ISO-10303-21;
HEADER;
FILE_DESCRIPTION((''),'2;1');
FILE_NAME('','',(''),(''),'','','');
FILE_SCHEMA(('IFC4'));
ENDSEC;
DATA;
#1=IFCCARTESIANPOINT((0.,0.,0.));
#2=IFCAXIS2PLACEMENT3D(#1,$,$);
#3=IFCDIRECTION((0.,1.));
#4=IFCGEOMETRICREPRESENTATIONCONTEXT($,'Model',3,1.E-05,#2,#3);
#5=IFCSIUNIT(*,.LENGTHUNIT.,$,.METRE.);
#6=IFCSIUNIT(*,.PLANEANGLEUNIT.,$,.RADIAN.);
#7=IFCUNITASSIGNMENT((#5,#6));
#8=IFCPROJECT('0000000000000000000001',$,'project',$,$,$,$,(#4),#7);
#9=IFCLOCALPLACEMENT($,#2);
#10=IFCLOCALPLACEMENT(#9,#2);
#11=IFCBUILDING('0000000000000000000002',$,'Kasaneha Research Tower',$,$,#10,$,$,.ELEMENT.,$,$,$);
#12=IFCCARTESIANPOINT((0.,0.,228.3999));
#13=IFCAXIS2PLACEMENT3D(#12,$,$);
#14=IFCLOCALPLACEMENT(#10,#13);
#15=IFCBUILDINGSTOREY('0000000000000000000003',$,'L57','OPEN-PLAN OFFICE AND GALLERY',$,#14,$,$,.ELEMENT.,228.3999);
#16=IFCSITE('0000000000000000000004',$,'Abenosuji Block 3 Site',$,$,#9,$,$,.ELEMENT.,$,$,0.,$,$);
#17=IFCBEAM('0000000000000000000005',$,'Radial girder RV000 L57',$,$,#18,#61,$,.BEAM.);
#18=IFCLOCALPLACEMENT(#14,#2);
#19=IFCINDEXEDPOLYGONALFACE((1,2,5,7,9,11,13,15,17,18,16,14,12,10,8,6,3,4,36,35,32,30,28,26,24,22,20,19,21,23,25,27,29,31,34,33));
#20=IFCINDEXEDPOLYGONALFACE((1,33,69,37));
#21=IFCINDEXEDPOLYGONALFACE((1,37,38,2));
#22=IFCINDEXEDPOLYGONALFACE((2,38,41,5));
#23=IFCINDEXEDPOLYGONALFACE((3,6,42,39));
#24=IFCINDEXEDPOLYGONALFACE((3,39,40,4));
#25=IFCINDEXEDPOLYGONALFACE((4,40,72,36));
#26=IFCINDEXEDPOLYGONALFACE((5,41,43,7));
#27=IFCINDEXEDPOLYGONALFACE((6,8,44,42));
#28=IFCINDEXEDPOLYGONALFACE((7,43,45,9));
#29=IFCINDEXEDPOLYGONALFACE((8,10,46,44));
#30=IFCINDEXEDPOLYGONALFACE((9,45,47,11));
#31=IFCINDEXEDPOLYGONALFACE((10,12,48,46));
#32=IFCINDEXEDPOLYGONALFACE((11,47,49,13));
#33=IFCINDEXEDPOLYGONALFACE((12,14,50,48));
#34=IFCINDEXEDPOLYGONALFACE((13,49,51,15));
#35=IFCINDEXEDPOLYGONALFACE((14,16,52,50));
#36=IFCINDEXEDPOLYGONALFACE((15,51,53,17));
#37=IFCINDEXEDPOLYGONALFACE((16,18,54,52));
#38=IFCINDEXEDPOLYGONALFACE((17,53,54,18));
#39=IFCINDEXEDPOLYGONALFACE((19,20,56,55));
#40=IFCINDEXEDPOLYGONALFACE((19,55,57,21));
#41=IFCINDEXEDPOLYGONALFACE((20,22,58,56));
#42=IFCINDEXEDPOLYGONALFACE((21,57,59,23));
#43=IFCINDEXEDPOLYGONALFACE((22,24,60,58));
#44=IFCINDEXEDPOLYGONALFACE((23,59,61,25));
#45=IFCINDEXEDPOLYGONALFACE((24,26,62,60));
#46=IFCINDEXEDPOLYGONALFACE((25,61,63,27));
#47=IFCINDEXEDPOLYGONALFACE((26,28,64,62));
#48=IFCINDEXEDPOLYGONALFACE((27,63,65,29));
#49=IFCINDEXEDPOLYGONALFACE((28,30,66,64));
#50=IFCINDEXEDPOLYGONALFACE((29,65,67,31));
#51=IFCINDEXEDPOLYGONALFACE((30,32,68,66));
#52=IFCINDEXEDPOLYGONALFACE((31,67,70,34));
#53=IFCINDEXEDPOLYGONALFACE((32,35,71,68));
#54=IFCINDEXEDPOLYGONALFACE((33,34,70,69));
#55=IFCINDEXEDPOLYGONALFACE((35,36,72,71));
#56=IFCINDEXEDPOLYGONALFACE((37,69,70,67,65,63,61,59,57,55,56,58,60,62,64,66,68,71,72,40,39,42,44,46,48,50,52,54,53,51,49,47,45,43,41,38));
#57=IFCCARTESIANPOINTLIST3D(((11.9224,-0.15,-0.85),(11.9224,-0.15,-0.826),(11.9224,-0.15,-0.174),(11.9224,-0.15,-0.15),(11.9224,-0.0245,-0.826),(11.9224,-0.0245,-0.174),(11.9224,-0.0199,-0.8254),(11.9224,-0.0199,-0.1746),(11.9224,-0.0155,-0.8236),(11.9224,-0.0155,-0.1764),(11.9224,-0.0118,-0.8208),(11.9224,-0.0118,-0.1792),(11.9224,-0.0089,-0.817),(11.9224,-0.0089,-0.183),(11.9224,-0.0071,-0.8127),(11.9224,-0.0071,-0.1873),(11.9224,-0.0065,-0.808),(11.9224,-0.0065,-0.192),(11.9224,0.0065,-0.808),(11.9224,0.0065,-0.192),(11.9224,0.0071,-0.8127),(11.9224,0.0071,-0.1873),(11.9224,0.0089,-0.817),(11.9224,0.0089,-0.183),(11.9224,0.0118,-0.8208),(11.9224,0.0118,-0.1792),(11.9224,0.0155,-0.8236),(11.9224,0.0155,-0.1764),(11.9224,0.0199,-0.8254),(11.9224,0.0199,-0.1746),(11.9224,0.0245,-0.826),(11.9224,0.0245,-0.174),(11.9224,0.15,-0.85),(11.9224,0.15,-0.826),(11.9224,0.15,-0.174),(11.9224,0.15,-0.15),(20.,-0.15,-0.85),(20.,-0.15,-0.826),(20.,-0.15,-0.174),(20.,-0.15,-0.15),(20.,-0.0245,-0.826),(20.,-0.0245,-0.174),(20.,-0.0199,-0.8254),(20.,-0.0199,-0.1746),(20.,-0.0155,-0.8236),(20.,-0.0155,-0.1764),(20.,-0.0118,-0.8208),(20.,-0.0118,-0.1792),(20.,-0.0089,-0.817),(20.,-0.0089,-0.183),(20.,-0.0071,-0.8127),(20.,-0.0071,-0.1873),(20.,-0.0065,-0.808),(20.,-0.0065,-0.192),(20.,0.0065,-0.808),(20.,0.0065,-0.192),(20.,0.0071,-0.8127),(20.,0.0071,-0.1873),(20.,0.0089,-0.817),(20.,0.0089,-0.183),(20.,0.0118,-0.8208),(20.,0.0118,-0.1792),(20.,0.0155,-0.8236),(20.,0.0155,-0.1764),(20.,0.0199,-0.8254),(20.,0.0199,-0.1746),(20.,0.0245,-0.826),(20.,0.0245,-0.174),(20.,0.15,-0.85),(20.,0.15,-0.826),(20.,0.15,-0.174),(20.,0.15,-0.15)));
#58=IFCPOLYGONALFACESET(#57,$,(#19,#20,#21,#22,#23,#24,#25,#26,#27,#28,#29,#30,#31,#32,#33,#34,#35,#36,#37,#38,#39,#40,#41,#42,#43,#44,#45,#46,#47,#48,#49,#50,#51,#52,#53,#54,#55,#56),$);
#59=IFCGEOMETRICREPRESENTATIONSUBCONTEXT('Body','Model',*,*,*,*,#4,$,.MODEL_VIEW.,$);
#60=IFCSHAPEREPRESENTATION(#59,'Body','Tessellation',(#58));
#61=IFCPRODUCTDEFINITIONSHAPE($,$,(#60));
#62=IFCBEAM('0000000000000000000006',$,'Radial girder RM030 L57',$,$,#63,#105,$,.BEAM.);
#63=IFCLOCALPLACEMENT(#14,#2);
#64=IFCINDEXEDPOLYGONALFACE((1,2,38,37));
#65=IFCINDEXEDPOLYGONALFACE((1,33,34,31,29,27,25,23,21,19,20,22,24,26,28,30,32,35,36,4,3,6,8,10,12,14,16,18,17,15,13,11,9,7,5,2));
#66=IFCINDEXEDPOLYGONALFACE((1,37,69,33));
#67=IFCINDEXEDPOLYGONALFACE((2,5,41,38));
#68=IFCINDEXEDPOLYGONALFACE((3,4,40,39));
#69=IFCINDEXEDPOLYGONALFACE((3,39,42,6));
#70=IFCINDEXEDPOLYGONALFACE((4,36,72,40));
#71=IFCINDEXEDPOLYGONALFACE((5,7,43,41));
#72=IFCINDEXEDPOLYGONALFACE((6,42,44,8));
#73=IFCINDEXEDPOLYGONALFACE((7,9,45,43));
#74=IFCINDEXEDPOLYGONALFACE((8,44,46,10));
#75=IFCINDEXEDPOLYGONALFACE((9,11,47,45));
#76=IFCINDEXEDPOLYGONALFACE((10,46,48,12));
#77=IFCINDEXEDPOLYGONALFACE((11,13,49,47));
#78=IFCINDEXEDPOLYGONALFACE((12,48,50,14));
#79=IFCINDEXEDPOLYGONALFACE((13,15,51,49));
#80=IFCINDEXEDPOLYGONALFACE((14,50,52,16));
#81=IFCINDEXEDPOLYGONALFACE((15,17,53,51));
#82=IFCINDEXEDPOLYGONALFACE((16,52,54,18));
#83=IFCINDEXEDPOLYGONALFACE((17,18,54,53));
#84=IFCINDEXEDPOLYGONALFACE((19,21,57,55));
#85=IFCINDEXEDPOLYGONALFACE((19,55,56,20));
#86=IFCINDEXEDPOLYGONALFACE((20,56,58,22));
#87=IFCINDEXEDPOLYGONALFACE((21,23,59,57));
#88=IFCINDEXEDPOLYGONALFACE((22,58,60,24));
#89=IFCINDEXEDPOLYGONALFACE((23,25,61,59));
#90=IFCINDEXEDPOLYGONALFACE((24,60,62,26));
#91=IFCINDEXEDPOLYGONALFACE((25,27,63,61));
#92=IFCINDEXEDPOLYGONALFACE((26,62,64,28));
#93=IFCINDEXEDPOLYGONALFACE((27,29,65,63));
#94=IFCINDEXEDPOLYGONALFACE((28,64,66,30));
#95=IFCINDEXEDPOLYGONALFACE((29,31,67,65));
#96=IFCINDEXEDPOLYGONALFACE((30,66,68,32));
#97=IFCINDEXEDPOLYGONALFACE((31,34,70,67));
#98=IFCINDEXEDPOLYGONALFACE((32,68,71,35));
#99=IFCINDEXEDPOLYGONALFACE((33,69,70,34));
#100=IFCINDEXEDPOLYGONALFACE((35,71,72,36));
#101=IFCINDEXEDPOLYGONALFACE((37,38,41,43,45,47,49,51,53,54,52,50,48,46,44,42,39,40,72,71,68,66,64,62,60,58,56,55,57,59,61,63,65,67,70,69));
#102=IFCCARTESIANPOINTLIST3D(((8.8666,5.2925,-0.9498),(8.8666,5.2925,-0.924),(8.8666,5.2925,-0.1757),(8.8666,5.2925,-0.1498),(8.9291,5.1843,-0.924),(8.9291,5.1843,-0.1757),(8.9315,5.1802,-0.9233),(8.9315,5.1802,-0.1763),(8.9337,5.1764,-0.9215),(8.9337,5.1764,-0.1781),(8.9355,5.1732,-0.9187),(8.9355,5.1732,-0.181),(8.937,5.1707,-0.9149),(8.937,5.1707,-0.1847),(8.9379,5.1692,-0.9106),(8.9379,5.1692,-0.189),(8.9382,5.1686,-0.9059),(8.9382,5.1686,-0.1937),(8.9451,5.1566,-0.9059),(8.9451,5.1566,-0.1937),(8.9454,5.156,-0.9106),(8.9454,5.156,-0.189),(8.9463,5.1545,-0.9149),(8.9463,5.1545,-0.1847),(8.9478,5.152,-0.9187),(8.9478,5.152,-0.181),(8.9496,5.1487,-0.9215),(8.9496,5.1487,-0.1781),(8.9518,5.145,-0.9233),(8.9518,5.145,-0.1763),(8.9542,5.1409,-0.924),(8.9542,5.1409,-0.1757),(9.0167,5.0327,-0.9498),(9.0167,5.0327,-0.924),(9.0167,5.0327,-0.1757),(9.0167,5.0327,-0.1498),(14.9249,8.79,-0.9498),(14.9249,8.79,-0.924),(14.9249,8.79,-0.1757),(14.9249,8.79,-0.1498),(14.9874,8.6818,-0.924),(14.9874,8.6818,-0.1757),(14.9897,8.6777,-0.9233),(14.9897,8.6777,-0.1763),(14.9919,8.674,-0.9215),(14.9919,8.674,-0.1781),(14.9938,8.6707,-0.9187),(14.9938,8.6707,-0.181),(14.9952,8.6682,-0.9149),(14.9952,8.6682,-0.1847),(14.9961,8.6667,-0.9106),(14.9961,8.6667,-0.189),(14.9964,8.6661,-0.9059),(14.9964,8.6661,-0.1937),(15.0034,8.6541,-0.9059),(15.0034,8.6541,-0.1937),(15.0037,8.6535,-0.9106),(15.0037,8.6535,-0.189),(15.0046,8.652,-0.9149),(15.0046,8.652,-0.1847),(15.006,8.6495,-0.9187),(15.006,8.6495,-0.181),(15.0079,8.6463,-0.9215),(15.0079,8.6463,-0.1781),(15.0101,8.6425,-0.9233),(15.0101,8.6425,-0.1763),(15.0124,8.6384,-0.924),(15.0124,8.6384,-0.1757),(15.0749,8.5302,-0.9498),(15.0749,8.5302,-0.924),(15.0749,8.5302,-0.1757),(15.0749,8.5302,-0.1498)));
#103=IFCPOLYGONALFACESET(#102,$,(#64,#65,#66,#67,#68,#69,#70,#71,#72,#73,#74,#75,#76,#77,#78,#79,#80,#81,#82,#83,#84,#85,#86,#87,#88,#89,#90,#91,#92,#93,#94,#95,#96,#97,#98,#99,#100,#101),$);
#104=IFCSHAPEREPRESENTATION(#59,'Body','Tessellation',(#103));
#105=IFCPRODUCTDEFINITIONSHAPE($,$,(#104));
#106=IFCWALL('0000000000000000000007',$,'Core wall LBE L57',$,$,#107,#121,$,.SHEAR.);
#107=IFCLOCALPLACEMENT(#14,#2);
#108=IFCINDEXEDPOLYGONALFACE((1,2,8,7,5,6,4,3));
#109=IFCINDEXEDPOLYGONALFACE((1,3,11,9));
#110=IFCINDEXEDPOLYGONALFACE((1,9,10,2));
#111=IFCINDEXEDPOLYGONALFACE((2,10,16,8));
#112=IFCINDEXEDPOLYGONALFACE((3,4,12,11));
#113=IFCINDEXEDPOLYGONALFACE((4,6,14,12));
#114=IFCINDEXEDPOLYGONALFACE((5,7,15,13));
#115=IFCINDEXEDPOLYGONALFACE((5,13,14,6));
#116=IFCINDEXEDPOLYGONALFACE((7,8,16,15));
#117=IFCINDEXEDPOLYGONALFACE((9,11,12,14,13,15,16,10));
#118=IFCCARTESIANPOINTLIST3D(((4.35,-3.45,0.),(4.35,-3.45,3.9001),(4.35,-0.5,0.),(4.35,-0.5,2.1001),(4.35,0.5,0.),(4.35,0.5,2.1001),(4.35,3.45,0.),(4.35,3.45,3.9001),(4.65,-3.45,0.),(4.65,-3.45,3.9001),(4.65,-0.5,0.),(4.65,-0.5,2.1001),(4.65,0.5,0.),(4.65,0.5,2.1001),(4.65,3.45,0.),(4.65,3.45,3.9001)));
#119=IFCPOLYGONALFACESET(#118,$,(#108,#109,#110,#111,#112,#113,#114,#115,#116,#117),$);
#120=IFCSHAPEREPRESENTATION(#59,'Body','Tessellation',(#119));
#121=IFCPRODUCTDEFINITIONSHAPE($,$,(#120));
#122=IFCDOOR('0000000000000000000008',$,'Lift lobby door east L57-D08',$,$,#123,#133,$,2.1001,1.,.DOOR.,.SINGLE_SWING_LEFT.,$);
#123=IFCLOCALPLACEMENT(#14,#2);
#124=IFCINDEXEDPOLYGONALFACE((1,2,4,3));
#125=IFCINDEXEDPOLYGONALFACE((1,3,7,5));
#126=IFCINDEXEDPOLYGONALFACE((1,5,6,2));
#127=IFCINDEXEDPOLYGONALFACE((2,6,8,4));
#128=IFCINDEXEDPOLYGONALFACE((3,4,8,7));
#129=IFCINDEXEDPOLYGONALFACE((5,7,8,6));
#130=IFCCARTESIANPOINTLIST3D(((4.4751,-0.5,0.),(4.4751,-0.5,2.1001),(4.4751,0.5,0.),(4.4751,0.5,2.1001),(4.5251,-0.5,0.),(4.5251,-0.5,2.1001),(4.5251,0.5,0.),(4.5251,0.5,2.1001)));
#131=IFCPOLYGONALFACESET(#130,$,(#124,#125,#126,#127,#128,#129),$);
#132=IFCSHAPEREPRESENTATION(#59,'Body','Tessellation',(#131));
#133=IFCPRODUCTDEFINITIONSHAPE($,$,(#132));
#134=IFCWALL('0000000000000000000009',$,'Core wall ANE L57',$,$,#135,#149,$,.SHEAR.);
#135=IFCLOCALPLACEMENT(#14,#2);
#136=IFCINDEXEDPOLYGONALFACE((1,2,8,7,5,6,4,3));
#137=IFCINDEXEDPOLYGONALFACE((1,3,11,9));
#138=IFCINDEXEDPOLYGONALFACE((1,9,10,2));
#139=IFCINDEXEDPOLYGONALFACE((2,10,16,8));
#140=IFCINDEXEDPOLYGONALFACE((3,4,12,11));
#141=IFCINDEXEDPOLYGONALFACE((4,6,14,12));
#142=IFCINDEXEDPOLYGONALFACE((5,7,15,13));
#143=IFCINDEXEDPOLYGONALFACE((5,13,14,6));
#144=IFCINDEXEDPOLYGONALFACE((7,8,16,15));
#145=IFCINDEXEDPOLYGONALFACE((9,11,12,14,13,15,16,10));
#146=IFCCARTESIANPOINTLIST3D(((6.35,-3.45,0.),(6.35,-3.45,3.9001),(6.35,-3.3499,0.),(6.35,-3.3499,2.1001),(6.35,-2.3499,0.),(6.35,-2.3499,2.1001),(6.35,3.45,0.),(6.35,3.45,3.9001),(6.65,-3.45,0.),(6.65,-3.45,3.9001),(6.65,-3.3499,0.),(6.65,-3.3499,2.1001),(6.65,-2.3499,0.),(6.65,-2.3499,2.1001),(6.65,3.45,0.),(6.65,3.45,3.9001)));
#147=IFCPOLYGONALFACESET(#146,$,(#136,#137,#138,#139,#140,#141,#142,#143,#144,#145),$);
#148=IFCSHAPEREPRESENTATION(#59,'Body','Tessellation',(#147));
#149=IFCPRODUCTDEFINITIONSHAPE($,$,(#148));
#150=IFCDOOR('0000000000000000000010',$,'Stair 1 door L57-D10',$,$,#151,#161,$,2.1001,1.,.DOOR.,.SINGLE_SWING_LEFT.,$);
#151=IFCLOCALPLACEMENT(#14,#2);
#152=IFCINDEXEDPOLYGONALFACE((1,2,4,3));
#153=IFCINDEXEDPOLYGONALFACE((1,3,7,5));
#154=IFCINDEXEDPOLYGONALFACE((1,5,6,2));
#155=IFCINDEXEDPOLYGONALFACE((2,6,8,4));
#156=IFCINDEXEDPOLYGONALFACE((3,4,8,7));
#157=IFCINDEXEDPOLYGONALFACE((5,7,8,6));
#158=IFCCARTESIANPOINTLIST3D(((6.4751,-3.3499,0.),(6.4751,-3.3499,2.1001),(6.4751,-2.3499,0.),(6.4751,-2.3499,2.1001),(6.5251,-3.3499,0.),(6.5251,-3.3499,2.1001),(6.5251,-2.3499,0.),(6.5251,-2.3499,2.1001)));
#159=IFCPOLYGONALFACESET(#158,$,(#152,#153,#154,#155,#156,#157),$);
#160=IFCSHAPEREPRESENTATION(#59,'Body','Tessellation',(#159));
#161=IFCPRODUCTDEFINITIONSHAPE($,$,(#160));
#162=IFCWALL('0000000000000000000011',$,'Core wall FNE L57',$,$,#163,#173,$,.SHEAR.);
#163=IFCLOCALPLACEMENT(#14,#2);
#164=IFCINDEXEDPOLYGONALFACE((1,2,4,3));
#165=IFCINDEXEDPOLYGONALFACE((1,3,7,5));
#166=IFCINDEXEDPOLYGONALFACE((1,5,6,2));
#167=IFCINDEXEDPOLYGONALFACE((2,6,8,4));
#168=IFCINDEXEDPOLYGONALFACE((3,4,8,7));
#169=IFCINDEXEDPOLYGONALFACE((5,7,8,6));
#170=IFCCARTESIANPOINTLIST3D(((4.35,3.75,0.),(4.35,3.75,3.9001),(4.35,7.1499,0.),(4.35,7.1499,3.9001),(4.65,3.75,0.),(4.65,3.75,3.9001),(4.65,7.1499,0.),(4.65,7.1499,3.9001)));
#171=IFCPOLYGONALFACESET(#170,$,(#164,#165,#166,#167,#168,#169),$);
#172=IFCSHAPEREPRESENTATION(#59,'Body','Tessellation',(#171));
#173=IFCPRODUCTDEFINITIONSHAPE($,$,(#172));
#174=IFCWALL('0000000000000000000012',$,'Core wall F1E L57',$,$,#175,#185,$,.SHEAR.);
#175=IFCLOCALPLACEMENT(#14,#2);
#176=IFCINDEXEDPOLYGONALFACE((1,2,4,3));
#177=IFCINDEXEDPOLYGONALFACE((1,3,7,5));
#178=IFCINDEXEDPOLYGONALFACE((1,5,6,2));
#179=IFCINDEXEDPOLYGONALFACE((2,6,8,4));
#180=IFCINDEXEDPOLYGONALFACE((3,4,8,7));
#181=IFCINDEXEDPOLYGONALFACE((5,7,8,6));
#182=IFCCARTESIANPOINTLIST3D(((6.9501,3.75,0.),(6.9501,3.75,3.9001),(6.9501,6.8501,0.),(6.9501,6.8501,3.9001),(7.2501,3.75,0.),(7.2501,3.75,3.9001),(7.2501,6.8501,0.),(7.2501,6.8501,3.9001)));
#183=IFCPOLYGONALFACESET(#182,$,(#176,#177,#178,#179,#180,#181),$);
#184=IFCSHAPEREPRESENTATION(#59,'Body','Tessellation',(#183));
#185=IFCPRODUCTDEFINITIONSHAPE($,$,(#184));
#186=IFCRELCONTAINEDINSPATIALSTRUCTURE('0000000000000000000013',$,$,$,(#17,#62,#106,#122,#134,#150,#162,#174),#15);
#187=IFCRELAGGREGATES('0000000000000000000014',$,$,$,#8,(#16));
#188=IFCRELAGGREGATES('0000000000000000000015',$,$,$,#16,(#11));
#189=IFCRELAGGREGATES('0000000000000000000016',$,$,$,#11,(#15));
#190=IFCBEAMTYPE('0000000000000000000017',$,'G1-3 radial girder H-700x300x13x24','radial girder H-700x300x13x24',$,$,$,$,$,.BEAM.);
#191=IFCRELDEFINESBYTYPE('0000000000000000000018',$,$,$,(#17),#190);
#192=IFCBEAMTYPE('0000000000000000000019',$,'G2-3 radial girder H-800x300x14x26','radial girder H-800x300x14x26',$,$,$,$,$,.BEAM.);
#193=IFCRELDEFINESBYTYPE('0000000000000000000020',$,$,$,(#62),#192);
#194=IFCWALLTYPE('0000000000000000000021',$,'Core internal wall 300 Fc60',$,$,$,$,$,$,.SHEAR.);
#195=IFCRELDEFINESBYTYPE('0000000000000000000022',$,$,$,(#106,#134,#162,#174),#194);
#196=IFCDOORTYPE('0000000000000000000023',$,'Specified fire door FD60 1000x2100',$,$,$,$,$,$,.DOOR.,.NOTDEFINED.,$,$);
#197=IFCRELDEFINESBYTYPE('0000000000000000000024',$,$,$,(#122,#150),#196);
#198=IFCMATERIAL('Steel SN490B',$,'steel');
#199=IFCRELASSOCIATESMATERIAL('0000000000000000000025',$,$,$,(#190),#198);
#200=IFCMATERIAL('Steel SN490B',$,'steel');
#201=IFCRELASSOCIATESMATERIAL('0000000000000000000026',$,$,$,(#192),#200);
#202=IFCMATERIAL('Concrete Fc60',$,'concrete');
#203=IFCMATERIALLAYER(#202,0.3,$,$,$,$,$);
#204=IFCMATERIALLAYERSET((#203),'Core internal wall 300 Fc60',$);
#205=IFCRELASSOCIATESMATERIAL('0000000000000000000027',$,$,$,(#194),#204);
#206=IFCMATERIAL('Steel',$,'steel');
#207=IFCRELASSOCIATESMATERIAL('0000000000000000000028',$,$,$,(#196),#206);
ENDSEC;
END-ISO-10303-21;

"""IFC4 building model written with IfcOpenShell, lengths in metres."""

from ifc_helpers import new_model, si_unit, direction, frame, frame_2d, origin, origin_2d, place, context, subcontext, project, spatial, rectangle, i_section, extrude, material, layer, layer_set, material_profile, profile_set, type_object, element, fill, save


model = new_model("IFC4")

# Units and contexts
model_context = context("Model", 3, precision=1e-05, world=origin(), true_north=direction((0.0, 1.0)))
body_context = subcontext(model_context, "Body", "Model", "MODEL_VIEW")
ifc_project = project(units=[si_unit("LENGTHUNIT", "METRE"), si_unit("PLANEANGLEUNIT", "RADIAN")], contexts=[model_context])

# Site, building, storey
site_placement = place(None, origin())
site = spatial("IfcSite", under=ifc_project, at=site_placement, Name="Abenosuji Block 3 Site", CompositionType="ELEMENT", RefElevation=0.0)
building_placement = place(site_placement, origin())
building = spatial("IfcBuilding", under=site, at=building_placement, Name="Kasaneha Research Tower", CompositionType="ELEMENT")
storey_placement = place(building_placement, frame((0.0, 0.0, 228.3999)))
storey = spatial("IfcBuildingStorey", under=building, at=storey_placement, Name="L57", Description="OPEN-PLAN OFFICE AND GALLERY", CompositionType="ELEMENT", Elevation=228.3999)

# Beams
ifc_material_1 = material(Name="Steel SN490B", Category="steel")
ifc_material_profile_1 = material_profile(ifc_material_1, i_section(OverallWidth=0.3, OverallDepth=0.7, WebThickness=0.0129, FlangeThickness=0.0239, FilletRadius=0.0181, at=origin_2d()), Name="H-700x300x13x24")
ifc_profile_set_1 = profile_set([ifc_material_profile_1], Name="Steel SN490B")
beam_type_1 = type_object("IfcBeamType", Name="G1-3 radial girder H-700x300x13x24", Description="radial girder H-700x300x13x24", PredefinedType="BEAM", material=ifc_profile_set_1)
beam_1_placement = place(storey_placement, frame((11.9224, 0.0, -0.5), z_axis=(1.0, 0.0, 0.0), x_axis=(0.0, 1.0, 0.0)))
element("IfcBeam", 1, at=beam_1_placement, inside=storey, type_object=beam_type_1, Name="Radial girder RV000 L57", PredefinedType="BEAM", context=body_context, shape_type="SweptSolid", body=[
    extrude(i_section(OverallWidth=0.3, OverallDepth=0.7, WebThickness=0.0129, FlangeThickness=0.0239, FilletRadius=0.0181, at=origin_2d()), origin(), (0.0, 0.0, 1.0), 8.0776),
])
ifc_material_2 = material(Name="Steel SN490B", Category="steel")
ifc_material_profile_2 = material_profile(ifc_material_2, i_section(OverallWidth=0.3, OverallDepth=0.8, WebThickness=0.0139, FlangeThickness=0.0259, FilletRadius=0.0181, at=origin_2d()), Name="H-800x300x14x26")
ifc_profile_set_2 = profile_set([ifc_material_profile_2], Name="Steel SN490B")
beam_type_2 = type_object("IfcBeamType", Name="G2-3 radial girder H-800x300x14x26", Description="radial girder H-800x300x14x26", PredefinedType="BEAM", material=ifc_profile_set_2)
beam_2_placement = place(storey_placement, frame((8.9417, 5.1626, -0.5498), z_axis=(0.86604, 0.499975, 0.0), x_axis=(-0.499975, 0.86604, 0.0)))
element("IfcBeam", 2, at=beam_2_placement, inside=storey, type_object=beam_type_2, Name="Radial girder RM030 L57", PredefinedType="BEAM", context=body_context, shape_type="SweptSolid", body=[
    extrude(i_section(OverallWidth=0.3, OverallDepth=0.8, WebThickness=0.0139, FlangeThickness=0.0259, FilletRadius=0.0181, at=origin_2d()), origin(), (0.0, 0.0, 1.0), 6.9954),
])

# Walls, openings, doors
ifc_material_3 = material(Name="Concrete Fc60", Category="concrete")
ifc_layer_1 = layer(ifc_material_3, 0.3)
ifc_layer_set_1 = layer_set([ifc_layer_1], Name="Core internal wall 300 Fc60")
wall_type_1 = type_object("IfcWallType", Name="Core internal wall 300 Fc60", PredefinedType="SHEAR", material=ifc_layer_set_1)
wall_1_placement = place(storey_placement, frame((4.5, -3.45, 0.0), z_axis=(0.0, 0.0, 1.0), x_axis=(0.0, 1.0, 0.0)))
wall_1 = element("IfcWall", 3, at=wall_1_placement, inside=storey, type_object=wall_type_1, Name="Core wall LBE L57", PredefinedType="SHEAR", context=body_context, shape_type="SweptSolid", body=[
    extrude(rectangle(XDim=6.8999, YDim=0.3, at=frame_2d((3.45, 0.0))), origin(), (0.0, 0.0, 1.0), 3.9001),
])
opening_1_placement = place(wall_1_placement, frame((2.95, 0.0, 0.0)))
opening_1 = element("IfcOpeningElement", 4, at=opening_1_placement, cuts=wall_1, PredefinedType="OPENING", context=body_context, shape_type="SweptSolid", body=[
    extrude(rectangle(XDim=1.0, YDim=2.1001, at=frame_2d((0.5, 1.05))), frame((0.0, 0.1602, 0.0), z_axis=(0.0, -1.0, 0.0), x_axis=(1.0, 0.0, 0.0)), (0.0, 0.0, 1.0), 0.3201),
])
ifc_material_4 = material(Name="Steel", Category="steel")
door_type_1 = type_object("IfcDoorType", Name="Specified fire door FD60 1000x2100", OperationType="NOTDEFINED", PredefinedType="DOOR", material=ifc_material_4)
door_1_placement = place(opening_1_placement, origin())
door_1 = element("IfcDoor", 5, at=door_1_placement, inside=storey, type_object=door_type_1, Name="Lift lobby door east L57-D08", OperationType="SINGLE_SWING_LEFT", OverallHeight=2.1001, OverallWidth=1.0, PredefinedType="DOOR", context=body_context, shape_type="SweptSolid", body=[
    extrude(rectangle(XDim=1.0, YDim=2.1001, at=frame_2d((0.5, 1.05))), frame((0.0, 0.0249, 0.0), z_axis=(0.0, -1.0, 0.0), x_axis=(1.0, 0.0, 0.0)), (0.0, 0.0, 1.0), 0.05),
])
fill(opening_1, door_1)
wall_2_placement = place(storey_placement, frame((6.5, -3.45, 0.0), z_axis=(0.0, 0.0, 1.0), x_axis=(0.0, 1.0, 0.0)))
wall_2 = element("IfcWall", 6, at=wall_2_placement, inside=storey, type_object=wall_type_1, Name="Core wall ANE L57", PredefinedType="SHEAR", context=body_context, shape_type="SweptSolid", body=[
    extrude(rectangle(XDim=6.8999, YDim=0.3, at=frame_2d((3.45, 0.0))), origin(), (0.0, 0.0, 1.0), 3.9001),
])
opening_2_placement = place(wall_2_placement, frame((0.1001, 0.0, 0.0)))
opening_2 = element("IfcOpeningElement", 7, at=opening_2_placement, cuts=wall_2, PredefinedType="OPENING", context=body_context, shape_type="SweptSolid", body=[
    extrude(rectangle(XDim=1.0, YDim=2.1001, at=frame_2d((0.5, 1.05))), frame((0.0, 0.1602, 0.0), z_axis=(0.0, -1.0, 0.0), x_axis=(1.0, 0.0, 0.0)), (0.0, 0.0, 1.0), 0.3201),
])
door_2_placement = place(opening_2_placement, origin())
door_2 = element("IfcDoor", 8, at=door_2_placement, inside=storey, type_object=door_type_1, Name="Stair 1 door L57-D10", OperationType="SINGLE_SWING_LEFT", OverallHeight=2.1001, OverallWidth=1.0, PredefinedType="DOOR", context=body_context, shape_type="SweptSolid", body=[
    extrude(rectangle(XDim=1.0, YDim=2.1001, at=frame_2d((0.5, 1.05))), frame((0.0, 0.0249, 0.0), z_axis=(0.0, -1.0, 0.0), x_axis=(1.0, 0.0, 0.0)), (0.0, 0.0, 1.0), 0.05),
])
fill(opening_2, door_2)

# Walls
wall_3_placement = place(storey_placement, frame((4.5, 3.75, 0.0), z_axis=(0.0, 0.0, 1.0), x_axis=(0.0, 1.0, 0.0)))
element("IfcWall", 9, at=wall_3_placement, inside=storey, type_object=wall_type_1, Name="Core wall FNE L57", PredefinedType="SHEAR", context=body_context, shape_type="SweptSolid", body=[
    extrude(rectangle(XDim=3.3999, YDim=0.3, at=frame_2d((1.7, 0.0))), origin(), (0.0, 0.0, 1.0), 3.9001),
])
wall_4_placement = place(storey_placement, frame((7.1001, 3.75, 0.0), z_axis=(0.0, 0.0, 1.0), x_axis=(0.0, 1.0, 0.0)))
element("IfcWall", 10, at=wall_4_placement, inside=storey, type_object=wall_type_1, Name="Core wall F1E L57", PredefinedType="SHEAR", context=body_context, shape_type="SweptSolid", body=[
    extrude(rectangle(XDim=3.1001, YDim=0.3, at=frame_2d((1.55, 0.0))), origin(), (0.0, 0.0, 1.0), 3.9001),
])

save(model, "model.ifc")
